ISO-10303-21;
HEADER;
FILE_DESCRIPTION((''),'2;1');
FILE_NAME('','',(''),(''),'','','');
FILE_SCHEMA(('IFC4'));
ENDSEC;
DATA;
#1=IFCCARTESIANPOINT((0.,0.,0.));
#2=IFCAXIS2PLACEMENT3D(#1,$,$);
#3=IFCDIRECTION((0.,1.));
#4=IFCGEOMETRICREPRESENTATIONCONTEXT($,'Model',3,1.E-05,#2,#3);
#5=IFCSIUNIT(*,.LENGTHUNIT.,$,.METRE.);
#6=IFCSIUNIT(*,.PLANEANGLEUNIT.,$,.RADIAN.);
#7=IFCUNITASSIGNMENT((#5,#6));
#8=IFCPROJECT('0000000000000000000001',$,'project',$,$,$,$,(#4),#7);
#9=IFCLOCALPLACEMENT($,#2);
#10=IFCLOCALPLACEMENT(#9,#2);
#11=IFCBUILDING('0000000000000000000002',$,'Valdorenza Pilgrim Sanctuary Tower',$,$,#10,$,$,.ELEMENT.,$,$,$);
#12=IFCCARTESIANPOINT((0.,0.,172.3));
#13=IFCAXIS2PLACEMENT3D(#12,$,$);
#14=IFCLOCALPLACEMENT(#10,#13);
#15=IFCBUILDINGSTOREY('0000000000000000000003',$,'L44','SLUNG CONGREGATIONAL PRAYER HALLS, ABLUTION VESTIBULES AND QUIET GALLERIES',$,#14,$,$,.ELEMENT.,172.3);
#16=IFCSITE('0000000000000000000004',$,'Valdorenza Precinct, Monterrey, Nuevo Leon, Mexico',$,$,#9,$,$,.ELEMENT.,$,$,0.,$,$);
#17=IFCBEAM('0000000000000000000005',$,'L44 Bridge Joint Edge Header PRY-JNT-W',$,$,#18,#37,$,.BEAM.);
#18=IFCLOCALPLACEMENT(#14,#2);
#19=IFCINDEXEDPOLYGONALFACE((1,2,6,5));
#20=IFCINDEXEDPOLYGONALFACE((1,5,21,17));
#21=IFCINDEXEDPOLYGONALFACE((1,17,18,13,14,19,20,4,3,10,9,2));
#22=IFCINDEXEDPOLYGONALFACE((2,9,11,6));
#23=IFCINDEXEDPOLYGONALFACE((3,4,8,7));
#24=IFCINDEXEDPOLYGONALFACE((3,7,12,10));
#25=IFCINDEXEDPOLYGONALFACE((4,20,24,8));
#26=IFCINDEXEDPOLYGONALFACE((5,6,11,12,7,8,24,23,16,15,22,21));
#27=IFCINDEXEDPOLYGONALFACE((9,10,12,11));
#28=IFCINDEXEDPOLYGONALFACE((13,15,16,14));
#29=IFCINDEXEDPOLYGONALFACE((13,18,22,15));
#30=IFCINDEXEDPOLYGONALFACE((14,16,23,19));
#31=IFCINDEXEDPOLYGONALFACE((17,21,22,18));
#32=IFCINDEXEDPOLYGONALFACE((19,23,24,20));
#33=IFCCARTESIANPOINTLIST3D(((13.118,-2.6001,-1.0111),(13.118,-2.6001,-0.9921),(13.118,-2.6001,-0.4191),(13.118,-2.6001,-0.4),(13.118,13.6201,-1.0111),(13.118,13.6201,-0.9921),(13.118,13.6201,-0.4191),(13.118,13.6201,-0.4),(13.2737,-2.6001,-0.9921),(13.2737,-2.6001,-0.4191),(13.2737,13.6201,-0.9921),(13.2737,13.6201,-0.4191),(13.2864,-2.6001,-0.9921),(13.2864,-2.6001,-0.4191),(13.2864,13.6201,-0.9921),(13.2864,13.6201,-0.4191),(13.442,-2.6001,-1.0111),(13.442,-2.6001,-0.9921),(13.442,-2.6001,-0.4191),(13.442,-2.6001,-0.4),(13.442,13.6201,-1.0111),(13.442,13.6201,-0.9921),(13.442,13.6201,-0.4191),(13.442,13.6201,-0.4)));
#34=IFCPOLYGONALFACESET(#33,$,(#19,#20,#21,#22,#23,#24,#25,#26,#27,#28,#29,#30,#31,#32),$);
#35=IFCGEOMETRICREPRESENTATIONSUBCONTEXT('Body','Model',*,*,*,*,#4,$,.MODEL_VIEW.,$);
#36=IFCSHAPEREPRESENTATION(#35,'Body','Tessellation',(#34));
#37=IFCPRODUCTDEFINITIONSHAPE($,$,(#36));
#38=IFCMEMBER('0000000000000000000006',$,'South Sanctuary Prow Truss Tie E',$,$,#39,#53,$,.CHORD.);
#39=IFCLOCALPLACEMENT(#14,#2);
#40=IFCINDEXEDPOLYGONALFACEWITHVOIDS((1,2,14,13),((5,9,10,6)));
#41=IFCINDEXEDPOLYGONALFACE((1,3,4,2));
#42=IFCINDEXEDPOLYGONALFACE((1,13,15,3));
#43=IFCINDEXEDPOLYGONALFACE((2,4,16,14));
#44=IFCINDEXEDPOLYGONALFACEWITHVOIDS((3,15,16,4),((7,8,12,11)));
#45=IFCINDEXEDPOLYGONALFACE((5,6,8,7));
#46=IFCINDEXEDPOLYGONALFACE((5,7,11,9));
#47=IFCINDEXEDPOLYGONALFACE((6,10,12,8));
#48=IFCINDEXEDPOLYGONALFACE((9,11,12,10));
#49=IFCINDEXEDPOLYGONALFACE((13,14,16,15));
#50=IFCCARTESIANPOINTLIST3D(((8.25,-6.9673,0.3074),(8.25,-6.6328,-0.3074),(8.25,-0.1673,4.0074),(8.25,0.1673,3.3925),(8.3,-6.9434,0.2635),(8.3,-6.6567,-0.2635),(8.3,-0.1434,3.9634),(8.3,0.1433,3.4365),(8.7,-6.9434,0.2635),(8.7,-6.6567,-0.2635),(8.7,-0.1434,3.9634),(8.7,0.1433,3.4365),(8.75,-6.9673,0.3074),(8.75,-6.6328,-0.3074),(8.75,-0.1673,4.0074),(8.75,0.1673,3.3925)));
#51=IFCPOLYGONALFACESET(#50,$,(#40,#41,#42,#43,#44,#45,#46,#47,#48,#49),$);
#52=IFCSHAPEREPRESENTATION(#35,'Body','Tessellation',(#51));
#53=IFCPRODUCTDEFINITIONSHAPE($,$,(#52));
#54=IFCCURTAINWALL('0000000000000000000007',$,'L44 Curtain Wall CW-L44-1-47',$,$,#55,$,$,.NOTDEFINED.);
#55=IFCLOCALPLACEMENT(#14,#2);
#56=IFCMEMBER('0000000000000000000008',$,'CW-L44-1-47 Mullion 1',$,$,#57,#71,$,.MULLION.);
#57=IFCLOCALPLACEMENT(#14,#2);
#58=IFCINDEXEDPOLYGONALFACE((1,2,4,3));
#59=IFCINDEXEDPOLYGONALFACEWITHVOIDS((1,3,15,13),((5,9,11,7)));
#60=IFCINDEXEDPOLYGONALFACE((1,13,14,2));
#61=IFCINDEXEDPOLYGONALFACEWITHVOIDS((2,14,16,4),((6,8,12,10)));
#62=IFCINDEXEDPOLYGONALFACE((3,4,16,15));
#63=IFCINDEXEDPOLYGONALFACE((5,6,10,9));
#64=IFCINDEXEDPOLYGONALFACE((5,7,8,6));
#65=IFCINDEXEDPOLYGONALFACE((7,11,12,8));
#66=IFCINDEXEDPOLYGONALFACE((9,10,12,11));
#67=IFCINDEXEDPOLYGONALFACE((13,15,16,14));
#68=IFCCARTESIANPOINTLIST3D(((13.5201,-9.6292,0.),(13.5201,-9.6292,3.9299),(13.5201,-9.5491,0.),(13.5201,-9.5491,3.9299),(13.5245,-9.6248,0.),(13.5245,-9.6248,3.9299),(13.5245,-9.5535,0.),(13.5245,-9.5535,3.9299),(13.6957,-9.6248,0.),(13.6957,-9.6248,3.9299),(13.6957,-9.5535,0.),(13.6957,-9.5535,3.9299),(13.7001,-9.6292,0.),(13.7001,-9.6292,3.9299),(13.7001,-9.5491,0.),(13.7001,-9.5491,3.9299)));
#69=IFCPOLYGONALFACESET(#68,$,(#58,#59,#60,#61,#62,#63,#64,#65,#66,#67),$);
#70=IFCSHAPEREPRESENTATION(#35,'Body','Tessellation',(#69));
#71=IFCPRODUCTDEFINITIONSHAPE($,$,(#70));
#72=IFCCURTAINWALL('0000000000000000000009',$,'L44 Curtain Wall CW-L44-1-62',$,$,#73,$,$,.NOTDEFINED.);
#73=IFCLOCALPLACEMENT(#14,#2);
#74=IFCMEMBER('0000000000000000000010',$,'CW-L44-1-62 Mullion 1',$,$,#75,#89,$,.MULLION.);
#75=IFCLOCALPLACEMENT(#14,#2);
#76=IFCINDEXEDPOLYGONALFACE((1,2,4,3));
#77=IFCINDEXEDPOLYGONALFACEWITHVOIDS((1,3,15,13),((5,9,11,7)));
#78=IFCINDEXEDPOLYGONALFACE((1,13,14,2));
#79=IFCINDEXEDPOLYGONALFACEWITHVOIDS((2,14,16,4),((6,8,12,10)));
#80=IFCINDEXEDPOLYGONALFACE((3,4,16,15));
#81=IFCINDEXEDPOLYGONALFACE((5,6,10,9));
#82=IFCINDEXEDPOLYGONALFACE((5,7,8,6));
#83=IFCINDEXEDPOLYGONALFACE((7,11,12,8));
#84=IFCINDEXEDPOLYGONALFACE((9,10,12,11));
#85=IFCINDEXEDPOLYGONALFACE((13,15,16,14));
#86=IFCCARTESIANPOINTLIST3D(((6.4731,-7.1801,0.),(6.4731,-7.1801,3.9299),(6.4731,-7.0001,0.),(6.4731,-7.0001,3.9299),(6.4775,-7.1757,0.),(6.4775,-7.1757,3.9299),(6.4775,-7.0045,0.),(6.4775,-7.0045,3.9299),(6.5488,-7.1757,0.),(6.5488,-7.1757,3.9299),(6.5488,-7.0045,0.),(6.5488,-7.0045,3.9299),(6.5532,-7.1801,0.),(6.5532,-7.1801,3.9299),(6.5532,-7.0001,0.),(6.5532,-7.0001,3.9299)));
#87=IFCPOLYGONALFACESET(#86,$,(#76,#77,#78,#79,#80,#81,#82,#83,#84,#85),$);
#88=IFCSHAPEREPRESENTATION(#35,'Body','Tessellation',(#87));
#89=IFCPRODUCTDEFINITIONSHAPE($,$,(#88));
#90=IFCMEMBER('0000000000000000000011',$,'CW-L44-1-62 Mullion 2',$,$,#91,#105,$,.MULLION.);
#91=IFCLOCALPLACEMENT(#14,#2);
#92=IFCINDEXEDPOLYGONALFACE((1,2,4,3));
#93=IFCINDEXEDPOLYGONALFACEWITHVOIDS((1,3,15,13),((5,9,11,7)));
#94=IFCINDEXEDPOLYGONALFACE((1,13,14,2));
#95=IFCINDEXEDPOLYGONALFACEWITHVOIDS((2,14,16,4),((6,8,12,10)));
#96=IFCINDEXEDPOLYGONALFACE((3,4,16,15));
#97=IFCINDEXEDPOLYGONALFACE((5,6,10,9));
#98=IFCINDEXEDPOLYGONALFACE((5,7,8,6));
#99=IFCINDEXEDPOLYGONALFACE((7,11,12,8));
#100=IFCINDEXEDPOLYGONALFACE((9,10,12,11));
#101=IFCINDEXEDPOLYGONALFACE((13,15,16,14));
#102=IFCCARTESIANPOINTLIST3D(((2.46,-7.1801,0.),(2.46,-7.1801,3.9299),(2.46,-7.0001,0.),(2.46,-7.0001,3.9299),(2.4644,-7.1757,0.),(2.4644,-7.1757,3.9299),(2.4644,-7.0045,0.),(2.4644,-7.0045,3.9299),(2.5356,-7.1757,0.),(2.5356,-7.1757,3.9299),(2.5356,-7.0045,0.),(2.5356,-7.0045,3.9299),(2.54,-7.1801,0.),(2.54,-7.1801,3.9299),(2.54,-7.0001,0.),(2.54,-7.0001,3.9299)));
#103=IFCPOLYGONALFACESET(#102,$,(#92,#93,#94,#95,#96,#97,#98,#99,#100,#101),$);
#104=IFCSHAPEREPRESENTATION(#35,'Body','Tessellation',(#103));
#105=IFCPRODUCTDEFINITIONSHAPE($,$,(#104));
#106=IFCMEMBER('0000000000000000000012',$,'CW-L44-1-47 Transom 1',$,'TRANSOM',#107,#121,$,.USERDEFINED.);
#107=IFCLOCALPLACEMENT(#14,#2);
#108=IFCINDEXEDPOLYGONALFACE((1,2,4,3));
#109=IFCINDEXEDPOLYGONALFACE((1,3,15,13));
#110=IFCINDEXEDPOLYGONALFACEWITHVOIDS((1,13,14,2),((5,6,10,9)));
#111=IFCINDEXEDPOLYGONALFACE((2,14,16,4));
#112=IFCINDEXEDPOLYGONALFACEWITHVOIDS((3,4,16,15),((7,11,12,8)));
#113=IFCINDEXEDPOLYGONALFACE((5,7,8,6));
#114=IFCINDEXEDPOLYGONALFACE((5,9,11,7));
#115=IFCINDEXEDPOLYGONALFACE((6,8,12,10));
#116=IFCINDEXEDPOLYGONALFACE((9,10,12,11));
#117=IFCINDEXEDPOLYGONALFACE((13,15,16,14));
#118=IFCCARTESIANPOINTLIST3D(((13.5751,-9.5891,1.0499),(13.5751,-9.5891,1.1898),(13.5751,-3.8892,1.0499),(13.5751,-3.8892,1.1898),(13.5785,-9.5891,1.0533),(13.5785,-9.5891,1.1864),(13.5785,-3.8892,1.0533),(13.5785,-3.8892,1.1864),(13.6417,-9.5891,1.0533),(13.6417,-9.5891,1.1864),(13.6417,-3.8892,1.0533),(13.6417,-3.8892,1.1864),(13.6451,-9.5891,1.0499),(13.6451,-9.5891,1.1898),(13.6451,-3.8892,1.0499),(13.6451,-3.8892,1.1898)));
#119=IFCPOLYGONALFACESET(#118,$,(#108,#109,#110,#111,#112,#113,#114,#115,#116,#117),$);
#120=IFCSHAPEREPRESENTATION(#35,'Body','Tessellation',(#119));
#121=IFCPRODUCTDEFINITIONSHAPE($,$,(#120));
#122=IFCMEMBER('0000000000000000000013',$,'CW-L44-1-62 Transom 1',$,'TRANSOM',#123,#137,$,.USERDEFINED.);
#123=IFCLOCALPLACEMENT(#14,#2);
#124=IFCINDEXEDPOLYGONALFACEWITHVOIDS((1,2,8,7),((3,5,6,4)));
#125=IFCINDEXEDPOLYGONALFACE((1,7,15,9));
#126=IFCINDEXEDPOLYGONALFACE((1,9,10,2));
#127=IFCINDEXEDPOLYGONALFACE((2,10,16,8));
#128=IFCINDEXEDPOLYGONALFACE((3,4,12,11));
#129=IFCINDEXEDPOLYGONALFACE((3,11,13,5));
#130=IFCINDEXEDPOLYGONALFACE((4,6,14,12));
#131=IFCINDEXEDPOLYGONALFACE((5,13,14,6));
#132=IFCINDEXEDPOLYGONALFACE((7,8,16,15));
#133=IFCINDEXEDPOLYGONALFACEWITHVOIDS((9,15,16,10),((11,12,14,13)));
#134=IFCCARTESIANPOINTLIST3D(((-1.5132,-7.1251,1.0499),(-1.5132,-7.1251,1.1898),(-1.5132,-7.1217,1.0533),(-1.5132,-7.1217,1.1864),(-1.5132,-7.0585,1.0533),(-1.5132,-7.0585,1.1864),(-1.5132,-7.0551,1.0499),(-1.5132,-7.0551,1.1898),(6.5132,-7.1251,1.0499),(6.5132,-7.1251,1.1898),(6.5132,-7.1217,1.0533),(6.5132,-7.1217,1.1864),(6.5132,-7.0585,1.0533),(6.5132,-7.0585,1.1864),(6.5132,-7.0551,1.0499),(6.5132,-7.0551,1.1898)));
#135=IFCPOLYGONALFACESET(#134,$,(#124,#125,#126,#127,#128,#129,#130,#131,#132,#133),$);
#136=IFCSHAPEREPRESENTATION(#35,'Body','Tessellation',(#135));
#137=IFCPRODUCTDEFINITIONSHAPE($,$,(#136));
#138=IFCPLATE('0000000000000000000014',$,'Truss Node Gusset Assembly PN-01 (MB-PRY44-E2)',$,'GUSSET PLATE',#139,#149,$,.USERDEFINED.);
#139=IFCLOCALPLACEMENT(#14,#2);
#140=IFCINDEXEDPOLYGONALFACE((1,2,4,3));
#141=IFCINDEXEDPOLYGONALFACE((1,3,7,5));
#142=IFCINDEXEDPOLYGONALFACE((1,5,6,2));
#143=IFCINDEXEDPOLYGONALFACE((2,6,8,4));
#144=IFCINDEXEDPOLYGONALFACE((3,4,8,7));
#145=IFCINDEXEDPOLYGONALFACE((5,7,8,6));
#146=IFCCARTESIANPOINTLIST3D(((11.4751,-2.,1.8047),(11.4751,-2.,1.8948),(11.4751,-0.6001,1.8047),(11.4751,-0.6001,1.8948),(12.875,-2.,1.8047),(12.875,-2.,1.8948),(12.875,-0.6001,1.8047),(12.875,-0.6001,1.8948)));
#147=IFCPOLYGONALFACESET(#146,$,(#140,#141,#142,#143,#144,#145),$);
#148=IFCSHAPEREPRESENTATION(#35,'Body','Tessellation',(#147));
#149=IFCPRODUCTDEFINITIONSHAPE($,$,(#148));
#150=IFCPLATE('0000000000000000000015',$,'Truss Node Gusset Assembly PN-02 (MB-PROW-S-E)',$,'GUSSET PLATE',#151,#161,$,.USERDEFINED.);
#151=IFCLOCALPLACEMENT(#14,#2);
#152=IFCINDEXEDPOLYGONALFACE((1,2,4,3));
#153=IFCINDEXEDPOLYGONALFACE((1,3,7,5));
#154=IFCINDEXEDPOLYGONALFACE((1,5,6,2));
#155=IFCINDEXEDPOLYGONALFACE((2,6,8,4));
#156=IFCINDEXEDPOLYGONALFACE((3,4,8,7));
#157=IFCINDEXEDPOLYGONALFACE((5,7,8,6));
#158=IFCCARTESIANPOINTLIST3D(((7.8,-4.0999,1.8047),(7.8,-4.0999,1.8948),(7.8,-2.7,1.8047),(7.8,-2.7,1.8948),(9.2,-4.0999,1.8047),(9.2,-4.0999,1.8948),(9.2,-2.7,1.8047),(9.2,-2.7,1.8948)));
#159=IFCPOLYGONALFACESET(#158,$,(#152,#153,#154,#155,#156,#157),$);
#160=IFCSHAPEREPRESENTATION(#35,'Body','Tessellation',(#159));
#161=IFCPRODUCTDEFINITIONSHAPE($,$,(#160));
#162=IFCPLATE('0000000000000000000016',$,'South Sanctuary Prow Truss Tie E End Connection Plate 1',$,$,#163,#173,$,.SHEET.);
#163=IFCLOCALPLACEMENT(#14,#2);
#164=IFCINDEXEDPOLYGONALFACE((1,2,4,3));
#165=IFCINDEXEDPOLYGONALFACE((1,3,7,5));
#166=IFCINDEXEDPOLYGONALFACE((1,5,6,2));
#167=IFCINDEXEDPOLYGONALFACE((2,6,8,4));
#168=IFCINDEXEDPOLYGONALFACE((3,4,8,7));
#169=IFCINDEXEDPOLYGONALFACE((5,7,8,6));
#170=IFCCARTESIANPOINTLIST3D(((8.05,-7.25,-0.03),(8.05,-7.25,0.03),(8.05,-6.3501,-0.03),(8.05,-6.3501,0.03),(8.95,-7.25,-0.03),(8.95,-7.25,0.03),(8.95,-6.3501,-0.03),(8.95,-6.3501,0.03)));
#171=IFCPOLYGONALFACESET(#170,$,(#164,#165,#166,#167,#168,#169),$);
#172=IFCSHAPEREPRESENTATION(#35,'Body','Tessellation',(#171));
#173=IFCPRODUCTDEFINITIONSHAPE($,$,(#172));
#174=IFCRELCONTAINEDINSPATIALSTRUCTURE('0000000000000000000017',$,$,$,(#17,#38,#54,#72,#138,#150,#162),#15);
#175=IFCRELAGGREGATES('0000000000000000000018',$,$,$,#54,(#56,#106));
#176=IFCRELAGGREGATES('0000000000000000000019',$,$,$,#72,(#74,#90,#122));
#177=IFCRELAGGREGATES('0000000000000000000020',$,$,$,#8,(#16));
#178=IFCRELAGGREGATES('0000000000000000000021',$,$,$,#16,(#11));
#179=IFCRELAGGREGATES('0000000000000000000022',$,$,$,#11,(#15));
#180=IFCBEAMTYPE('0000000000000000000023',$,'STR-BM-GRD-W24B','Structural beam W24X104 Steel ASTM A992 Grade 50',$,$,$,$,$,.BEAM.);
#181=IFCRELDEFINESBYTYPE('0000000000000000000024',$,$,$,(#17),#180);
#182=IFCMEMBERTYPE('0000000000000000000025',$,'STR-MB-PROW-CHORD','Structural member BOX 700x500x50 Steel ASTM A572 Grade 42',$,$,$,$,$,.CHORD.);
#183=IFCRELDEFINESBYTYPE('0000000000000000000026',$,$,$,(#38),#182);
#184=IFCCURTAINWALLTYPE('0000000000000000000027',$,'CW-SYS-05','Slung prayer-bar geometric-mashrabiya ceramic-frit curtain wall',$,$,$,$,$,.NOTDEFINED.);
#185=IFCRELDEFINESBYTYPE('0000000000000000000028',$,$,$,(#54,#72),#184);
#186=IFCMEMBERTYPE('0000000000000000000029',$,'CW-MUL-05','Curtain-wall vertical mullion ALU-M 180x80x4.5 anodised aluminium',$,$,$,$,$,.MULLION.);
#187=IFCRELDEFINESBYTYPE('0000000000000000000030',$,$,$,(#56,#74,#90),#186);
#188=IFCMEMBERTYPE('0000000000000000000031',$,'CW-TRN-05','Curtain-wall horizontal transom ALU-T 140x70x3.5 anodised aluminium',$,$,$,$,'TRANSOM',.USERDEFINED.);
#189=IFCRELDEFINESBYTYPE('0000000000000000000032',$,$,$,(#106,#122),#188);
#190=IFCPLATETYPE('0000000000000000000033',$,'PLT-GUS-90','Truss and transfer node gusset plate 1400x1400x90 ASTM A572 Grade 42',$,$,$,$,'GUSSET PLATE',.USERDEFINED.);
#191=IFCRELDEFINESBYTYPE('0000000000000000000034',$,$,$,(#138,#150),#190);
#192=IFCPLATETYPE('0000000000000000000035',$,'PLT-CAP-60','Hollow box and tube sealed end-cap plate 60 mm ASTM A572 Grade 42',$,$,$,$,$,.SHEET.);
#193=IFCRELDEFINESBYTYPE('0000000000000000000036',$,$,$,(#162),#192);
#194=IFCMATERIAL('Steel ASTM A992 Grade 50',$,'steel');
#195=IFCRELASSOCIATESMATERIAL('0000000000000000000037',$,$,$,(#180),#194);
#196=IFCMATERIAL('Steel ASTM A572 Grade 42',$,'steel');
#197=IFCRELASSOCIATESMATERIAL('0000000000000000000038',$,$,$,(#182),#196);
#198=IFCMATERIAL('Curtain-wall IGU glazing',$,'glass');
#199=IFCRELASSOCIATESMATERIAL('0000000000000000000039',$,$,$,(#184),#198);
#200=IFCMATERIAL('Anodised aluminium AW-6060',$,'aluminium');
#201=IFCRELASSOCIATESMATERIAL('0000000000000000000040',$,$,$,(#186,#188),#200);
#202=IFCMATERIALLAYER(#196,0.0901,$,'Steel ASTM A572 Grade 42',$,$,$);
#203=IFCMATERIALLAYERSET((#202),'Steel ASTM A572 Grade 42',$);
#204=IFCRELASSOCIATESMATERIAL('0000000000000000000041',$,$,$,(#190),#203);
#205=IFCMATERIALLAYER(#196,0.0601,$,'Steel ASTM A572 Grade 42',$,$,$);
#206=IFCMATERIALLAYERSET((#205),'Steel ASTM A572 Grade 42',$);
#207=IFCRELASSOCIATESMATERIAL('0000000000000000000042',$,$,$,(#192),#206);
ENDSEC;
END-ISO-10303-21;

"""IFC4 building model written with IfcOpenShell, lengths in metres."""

from ifc_helpers import new_model, si_unit, direction, frame, origin, origin_2d, place, context, subcontext, project, spatial, rectangle, hollow_rectangle, i_section, extrude, source, transform, mapped, material, layer, layer_set, material_profile, profile_set, type_object, element, aggregate, save


model = new_model("IFC4")

# Units and contexts
model_context = context("Model", 3, precision=1e-05, world=origin(), true_north=direction((0.0, 1.0)))
body_context = subcontext(model_context, "Body", "Model", "MODEL_VIEW")
ifc_project = project(units=[si_unit("LENGTHUNIT", "METRE"), si_unit("PLANEANGLEUNIT", "RADIAN")], contexts=[model_context])

# Site, building, storey
site_placement = place(None, origin())
site = spatial("IfcSite", under=ifc_project, at=site_placement, Name="Valdorenza Precinct, Monterrey, Nuevo Leon, Mexico", CompositionType="ELEMENT", RefElevation=0.0)
building_placement = place(site_placement, origin())
building = spatial("IfcBuilding", under=site, at=building_placement, Name="Valdorenza Pilgrim Sanctuary Tower", CompositionType="ELEMENT")
storey_placement = place(building_placement, frame((0.0, 0.0, 172.3)))
storey = spatial("IfcBuildingStorey", under=building, at=storey_placement, Name="L44", Description="SLUNG CONGREGATIONAL PRAYER HALLS, ABLUTION VESTIBULES AND QUIET GALLERIES", CompositionType="ELEMENT", Elevation=172.3)

# Beam
ifc_material_1 = material(Name="Steel ASTM A992 Grade 50", Category="steel")
ifc_material_profile_1 = material_profile(ifc_material_1, i_section(OverallWidth=0.324, OverallDepth=0.6111, WebThickness=0.0127, FlangeThickness=0.019, at=origin_2d()), Name="W24X104")
ifc_profile_set_1 = profile_set([ifc_material_profile_1], Name="Steel ASTM A992 Grade 50")
beam_type = type_object("IfcBeamType", Name="STR-BM-GRD-W24B", Description="Structural beam W24X104 Steel ASTM A992 Grade 50", PredefinedType="BEAM", material=ifc_profile_set_1)
shared_shape_1 = source(origin(), body_context, "Body", "SweptSolid", [
    extrude(i_section(OverallWidth=0.324, OverallDepth=0.6111, WebThickness=0.0127, FlangeThickness=0.019, at=origin_2d()), origin(), (0.0, 0.0, 1.0), 16.2202),
])
beam_placement = place(storey_placement, frame((13.28, -2.6001, -0.7056), z_axis=(0.0, 1.0, 0.0), x_axis=(-1.0, 0.0, 0.0)))
element("IfcBeam", 1, at=beam_placement, inside=storey, type_object=beam_type, Name="L44 Bridge Joint Edge Header PRY-JNT-W", PredefinedType="BEAM", context=body_context, shape_type="MappedRepresentation", body=[
    mapped(shared_shape_1, transform((0.0, 0.0, 0.0), x_axis=(1.0, 0.0, 0.0), y_axis=(0.0, 1.0, 0.0), z_axis=(0.0, 0.0, 1.0), scale=1.0)),
])

# Member
ifc_material_2 = material(Name="Steel ASTM A572 Grade 42", Category="steel")
ifc_material_profile_2 = material_profile(ifc_material_2, hollow_rectangle(XDim=0.5, YDim=0.7, WallThickness=0.05, at=origin_2d()), Name="BOX 700x500x50")
ifc_profile_set_2 = profile_set([ifc_material_profile_2], Name="Steel ASTM A572 Grade 42")
member_type_1 = type_object("IfcMemberType", Name="STR-MB-PROW-CHORD", Description="Structural member BOX 700x500x50 Steel ASTM A572 Grade 42", PredefinedType="CHORD", material=ifc_profile_set_2)
shared_shape_2 = source(origin(), body_context, "Body", "SweptSolid", [
    extrude(hollow_rectangle(XDim=0.5, YDim=0.7, WallThickness=0.05, at=origin_2d()), origin(), (0.0, 0.0, 1.0), 7.7415),
])
member_1_placement = place(storey_placement, frame((8.5, -6.8, 0.0), z_axis=(0.0, 0.878393, 0.477939), x_axis=(-1.0, 0.0, 0.0)))
element("IfcMember", 2, at=member_1_placement, inside=storey, type_object=member_type_1, Name="South Sanctuary Prow Truss Tie E", PredefinedType="CHORD", context=body_context, shape_type="MappedRepresentation", body=[
    mapped(shared_shape_2, transform((0.0, 0.0, 0.0), x_axis=(1.0, 0.0, 0.0), y_axis=(0.0, 1.0, 0.0), z_axis=(0.0, 0.0, 1.0), scale=1.0)),
])

# Curtain wall, member
ifc_material_3 = material(Name="Curtain-wall IGU glazing", Category="glass")
curtain_wall_type = type_object("IfcCurtainWallType", Name="CW-SYS-05", Description="Slung prayer-bar geometric-mashrabiya ceramic-frit curtain wall", PredefinedType="NOTDEFINED", material=ifc_material_3)
curtain_wall_1_placement = place(storey_placement, origin())
curtain_wall_1 = element("IfcCurtainWall", 3, at=curtain_wall_1_placement, inside=storey, type_object=curtain_wall_type, Name="L44 Curtain Wall CW-L44-1-47", PredefinedType="NOTDEFINED")
ifc_material_4 = material(Name="Anodised aluminium AW-6060", Category="aluminium")
ifc_material_profile_3 = material_profile(ifc_material_4, hollow_rectangle(XDim=0.0801, YDim=0.1799, WallThickness=0.0044, at=origin_2d()), Name="ALU-M 180x80x4.5")
ifc_profile_set_3 = profile_set([ifc_material_profile_3], Name="Anodised aluminium AW-6060")
member_type_2 = type_object("IfcMemberType", Name="CW-MUL-05", Description="Curtain-wall vertical mullion ALU-M 180x80x4.5 anodised aluminium", PredefinedType="MULLION", material=ifc_profile_set_3)
shared_shape_3 = source(origin(), body_context, "Body", "SweptSolid", [
    extrude(hollow_rectangle(XDim=0.0801, YDim=0.1799, WallThickness=0.0044, at=origin_2d()), origin(), (0.0, 0.0, 1.0), 3.9299),
])
member_2_placement = place(storey_placement, frame((13.6101, -9.5891, 0.0), z_axis=(0.0, 0.0, 1.0), x_axis=(0.0, 1.0, 0.0)))
member_2 = element("IfcMember", 4, at=member_2_placement, type_object=member_type_2, Name="CW-L44-1-47 Mullion 1", PredefinedType="MULLION", context=body_context, shape_type="MappedRepresentation", body=[
    mapped(shared_shape_3, transform((0.0, 0.0, 0.0), x_axis=(1.0, 0.0, 0.0), y_axis=(0.0, 1.0, 0.0), z_axis=(0.0, 0.0, 1.0), scale=1.0)),
])

# Curtain wall, members
curtain_wall_2_placement = place(storey_placement, origin())
curtain_wall_2 = element("IfcCurtainWall", 5, at=curtain_wall_2_placement, inside=storey, type_object=curtain_wall_type, Name="L44 Curtain Wall CW-L44-1-62", PredefinedType="NOTDEFINED")
member_3_placement = place(storey_placement, frame((6.5132, -7.0901, 0.0), z_axis=(0.0, 0.0, 1.0), x_axis=(-1.0, 0.0, 0.0)))
member_3 = element("IfcMember", 6, at=member_3_placement, type_object=member_type_2, Name="CW-L44-1-62 Mullion 1", PredefinedType="MULLION", context=body_context, shape_type="MappedRepresentation", body=[
    mapped(shared_shape_3, transform((0.0, 0.0, 0.0), x_axis=(1.0, 0.0, 0.0), y_axis=(0.0, 1.0, 0.0), z_axis=(0.0, 0.0, 1.0), scale=1.0)),
])
member_4_placement = place(storey_placement, frame((2.5, -7.0901, 0.0), z_axis=(0.0, 0.0, 1.0), x_axis=(-1.0, 0.0, 0.0)))
member_4 = element("IfcMember", 7, at=member_4_placement, type_object=member_type_2, Name="CW-L44-1-62 Mullion 2", PredefinedType="MULLION", context=body_context, shape_type="MappedRepresentation", body=[
    mapped(shared_shape_3, transform((0.0, 0.0, 0.0), x_axis=(1.0, 0.0, 0.0), y_axis=(0.0, 1.0, 0.0), z_axis=(0.0, 0.0, 1.0), scale=1.0)),
])

# Members
ifc_material_profile_4 = material_profile(ifc_material_4, hollow_rectangle(XDim=0.0701, YDim=0.1399, WallThickness=0.0034, at=origin_2d()), Name="ALU-T 140x70x3.5")
ifc_profile_set_4 = profile_set([ifc_material_profile_4], Name="Anodised aluminium AW-6060")
member_type_3 = type_object("IfcMemberType", Name="CW-TRN-05", Description="Curtain-wall horizontal transom ALU-T 140x70x3.5 anodised aluminium", ElementType="TRANSOM", PredefinedType="USERDEFINED", material=ifc_profile_set_4)
shared_shape_4 = source(origin(), body_context, "Body", "SweptSolid", [
    extrude(hollow_rectangle(XDim=0.0701, YDim=0.1399, WallThickness=0.0034, at=origin_2d()), origin(), (0.0, 0.0, 1.0), 5.7),
])
member_5_placement = place(storey_placement, frame((13.6101, -9.5891, 1.1199), z_axis=(0.0, 1.0, 0.0), x_axis=(-1.0, 0.0, 0.0)))
member_5 = element("IfcMember", 8, at=member_5_placement, type_object=member_type_3, Name="CW-L44-1-47 Transom 1", ObjectType="TRANSOM", PredefinedType="USERDEFINED", context=body_context, shape_type="MappedRepresentation", body=[
    mapped(shared_shape_4, transform((0.0, 0.0, 0.0), x_axis=(1.0, 0.0, 0.0), y_axis=(0.0, 1.0, 0.0), z_axis=(0.0, 0.0, 1.0), scale=1.0)),
])
aggregate(curtain_wall_1, [member_2, member_5])
shared_shape_5 = source(origin(), body_context, "Body", "SweptSolid", [
    extrude(hollow_rectangle(XDim=0.0701, YDim=0.1399, WallThickness=0.0034, at=origin_2d()), origin(), (0.0, 0.0, 1.0), 8.0264),
])
member_6_placement = place(storey_placement, frame((6.5132, -7.0901, 1.1199), z_axis=(-1.0, 0.0, 0.0), x_axis=(0.0, -1.0, 0.0)))
member_6 = element("IfcMember", 9, at=member_6_placement, type_object=member_type_3, Name="CW-L44-1-62 Transom 1", ObjectType="TRANSOM", PredefinedType="USERDEFINED", context=body_context, shape_type="MappedRepresentation", body=[
    mapped(shared_shape_5, transform((0.0, 0.0, 0.0), x_axis=(1.0, 0.0, 0.0), y_axis=(0.0, 1.0, 0.0), z_axis=(0.0, 0.0, 1.0), scale=1.0)),
])

# Plates
ifc_layer_1 = layer(ifc_material_2, 0.0901, Name="Steel ASTM A572 Grade 42")
ifc_layer_set_1 = layer_set([ifc_layer_1], Name="Steel ASTM A572 Grade 42")
plate_type_1 = type_object("IfcPlateType", Name="PLT-GUS-90", Description="Truss and transfer node gusset plate 1400x1400x90 ASTM A572 Grade 42", ElementType="GUSSET PLATE", PredefinedType="USERDEFINED", material=ifc_layer_set_1)
shared_shape_6 = source(origin(), body_context, "Body", "SweptSolid", [
    extrude(rectangle(XDim=1.3999, YDim=1.3999, at=origin_2d()), origin(), (0.0, 0.0, 1.0), 0.0901),
])
for number, where, z_axis, x_axis, name in (
    (10, (12.175, -1.3, 1.8047), (0.0, 0.0, 1.0), (1.0, 0.0, 0.0), "Truss Node Gusset Assembly PN-01 (MB-PRY44-E2)"),
    (11, (8.5, -3.3999, 1.8047), (0.0, 0.0, 1.0), (1.0, 0.0, 0.0), "Truss Node Gusset Assembly PN-02 (MB-PROW-S-E)"),
):
    element("IfcPlate", number, at=place(storey_placement, frame(where, z_axis=z_axis, x_axis=x_axis)), inside=storey, type_object=plate_type_1, Name=name, ObjectType="GUSSET PLATE", PredefinedType="USERDEFINED", context=body_context, shape_type="MappedRepresentation", body=[
        mapped(shared_shape_6, transform((0.0, 0.0, 0.0), x_axis=(1.0, 0.0, 0.0), y_axis=(0.0, 1.0, 0.0), z_axis=(0.0, 0.0, 1.0), scale=1.0)),
    ])
ifc_layer_2 = layer(ifc_material_2, 0.0601, Name="Steel ASTM A572 Grade 42")
ifc_layer_set_2 = layer_set([ifc_layer_2], Name="Steel ASTM A572 Grade 42")
plate_type_2 = type_object("IfcPlateType", Name="PLT-CAP-60", Description="Hollow box and tube sealed end-cap plate 60 mm ASTM A572 Grade 42", PredefinedType="SHEET", material=ifc_layer_set_2)
shared_shape_7 = source(origin(), body_context, "Body", "SweptSolid", [
    extrude(rectangle(XDim=0.8999, YDim=0.8999, at=origin_2d()), origin(), (0.0, 0.0, 1.0), 0.0601),
])
plate_1_placement = place(storey_placement, frame((8.5, -6.8, -0.03), z_axis=(0.0, 0.0, 1.0), x_axis=(1.0, 0.0, 0.0)))
element("IfcPlate", 12, at=plate_1_placement, inside=storey, type_object=plate_type_2, Name="South Sanctuary Prow Truss Tie E End Connection Plate 1", PredefinedType="SHEET", context=body_context, shape_type="MappedRepresentation", body=[
    mapped(shared_shape_7, transform((0.0, 0.0, 0.0), x_axis=(1.0, 0.0, 0.0), y_axis=(0.0, 1.0, 0.0), z_axis=(0.0, 0.0, 1.0), scale=1.0)),
])

aggregate(curtain_wall_2, [member_3, member_4, member_6])

save(model, "model.ifc")
